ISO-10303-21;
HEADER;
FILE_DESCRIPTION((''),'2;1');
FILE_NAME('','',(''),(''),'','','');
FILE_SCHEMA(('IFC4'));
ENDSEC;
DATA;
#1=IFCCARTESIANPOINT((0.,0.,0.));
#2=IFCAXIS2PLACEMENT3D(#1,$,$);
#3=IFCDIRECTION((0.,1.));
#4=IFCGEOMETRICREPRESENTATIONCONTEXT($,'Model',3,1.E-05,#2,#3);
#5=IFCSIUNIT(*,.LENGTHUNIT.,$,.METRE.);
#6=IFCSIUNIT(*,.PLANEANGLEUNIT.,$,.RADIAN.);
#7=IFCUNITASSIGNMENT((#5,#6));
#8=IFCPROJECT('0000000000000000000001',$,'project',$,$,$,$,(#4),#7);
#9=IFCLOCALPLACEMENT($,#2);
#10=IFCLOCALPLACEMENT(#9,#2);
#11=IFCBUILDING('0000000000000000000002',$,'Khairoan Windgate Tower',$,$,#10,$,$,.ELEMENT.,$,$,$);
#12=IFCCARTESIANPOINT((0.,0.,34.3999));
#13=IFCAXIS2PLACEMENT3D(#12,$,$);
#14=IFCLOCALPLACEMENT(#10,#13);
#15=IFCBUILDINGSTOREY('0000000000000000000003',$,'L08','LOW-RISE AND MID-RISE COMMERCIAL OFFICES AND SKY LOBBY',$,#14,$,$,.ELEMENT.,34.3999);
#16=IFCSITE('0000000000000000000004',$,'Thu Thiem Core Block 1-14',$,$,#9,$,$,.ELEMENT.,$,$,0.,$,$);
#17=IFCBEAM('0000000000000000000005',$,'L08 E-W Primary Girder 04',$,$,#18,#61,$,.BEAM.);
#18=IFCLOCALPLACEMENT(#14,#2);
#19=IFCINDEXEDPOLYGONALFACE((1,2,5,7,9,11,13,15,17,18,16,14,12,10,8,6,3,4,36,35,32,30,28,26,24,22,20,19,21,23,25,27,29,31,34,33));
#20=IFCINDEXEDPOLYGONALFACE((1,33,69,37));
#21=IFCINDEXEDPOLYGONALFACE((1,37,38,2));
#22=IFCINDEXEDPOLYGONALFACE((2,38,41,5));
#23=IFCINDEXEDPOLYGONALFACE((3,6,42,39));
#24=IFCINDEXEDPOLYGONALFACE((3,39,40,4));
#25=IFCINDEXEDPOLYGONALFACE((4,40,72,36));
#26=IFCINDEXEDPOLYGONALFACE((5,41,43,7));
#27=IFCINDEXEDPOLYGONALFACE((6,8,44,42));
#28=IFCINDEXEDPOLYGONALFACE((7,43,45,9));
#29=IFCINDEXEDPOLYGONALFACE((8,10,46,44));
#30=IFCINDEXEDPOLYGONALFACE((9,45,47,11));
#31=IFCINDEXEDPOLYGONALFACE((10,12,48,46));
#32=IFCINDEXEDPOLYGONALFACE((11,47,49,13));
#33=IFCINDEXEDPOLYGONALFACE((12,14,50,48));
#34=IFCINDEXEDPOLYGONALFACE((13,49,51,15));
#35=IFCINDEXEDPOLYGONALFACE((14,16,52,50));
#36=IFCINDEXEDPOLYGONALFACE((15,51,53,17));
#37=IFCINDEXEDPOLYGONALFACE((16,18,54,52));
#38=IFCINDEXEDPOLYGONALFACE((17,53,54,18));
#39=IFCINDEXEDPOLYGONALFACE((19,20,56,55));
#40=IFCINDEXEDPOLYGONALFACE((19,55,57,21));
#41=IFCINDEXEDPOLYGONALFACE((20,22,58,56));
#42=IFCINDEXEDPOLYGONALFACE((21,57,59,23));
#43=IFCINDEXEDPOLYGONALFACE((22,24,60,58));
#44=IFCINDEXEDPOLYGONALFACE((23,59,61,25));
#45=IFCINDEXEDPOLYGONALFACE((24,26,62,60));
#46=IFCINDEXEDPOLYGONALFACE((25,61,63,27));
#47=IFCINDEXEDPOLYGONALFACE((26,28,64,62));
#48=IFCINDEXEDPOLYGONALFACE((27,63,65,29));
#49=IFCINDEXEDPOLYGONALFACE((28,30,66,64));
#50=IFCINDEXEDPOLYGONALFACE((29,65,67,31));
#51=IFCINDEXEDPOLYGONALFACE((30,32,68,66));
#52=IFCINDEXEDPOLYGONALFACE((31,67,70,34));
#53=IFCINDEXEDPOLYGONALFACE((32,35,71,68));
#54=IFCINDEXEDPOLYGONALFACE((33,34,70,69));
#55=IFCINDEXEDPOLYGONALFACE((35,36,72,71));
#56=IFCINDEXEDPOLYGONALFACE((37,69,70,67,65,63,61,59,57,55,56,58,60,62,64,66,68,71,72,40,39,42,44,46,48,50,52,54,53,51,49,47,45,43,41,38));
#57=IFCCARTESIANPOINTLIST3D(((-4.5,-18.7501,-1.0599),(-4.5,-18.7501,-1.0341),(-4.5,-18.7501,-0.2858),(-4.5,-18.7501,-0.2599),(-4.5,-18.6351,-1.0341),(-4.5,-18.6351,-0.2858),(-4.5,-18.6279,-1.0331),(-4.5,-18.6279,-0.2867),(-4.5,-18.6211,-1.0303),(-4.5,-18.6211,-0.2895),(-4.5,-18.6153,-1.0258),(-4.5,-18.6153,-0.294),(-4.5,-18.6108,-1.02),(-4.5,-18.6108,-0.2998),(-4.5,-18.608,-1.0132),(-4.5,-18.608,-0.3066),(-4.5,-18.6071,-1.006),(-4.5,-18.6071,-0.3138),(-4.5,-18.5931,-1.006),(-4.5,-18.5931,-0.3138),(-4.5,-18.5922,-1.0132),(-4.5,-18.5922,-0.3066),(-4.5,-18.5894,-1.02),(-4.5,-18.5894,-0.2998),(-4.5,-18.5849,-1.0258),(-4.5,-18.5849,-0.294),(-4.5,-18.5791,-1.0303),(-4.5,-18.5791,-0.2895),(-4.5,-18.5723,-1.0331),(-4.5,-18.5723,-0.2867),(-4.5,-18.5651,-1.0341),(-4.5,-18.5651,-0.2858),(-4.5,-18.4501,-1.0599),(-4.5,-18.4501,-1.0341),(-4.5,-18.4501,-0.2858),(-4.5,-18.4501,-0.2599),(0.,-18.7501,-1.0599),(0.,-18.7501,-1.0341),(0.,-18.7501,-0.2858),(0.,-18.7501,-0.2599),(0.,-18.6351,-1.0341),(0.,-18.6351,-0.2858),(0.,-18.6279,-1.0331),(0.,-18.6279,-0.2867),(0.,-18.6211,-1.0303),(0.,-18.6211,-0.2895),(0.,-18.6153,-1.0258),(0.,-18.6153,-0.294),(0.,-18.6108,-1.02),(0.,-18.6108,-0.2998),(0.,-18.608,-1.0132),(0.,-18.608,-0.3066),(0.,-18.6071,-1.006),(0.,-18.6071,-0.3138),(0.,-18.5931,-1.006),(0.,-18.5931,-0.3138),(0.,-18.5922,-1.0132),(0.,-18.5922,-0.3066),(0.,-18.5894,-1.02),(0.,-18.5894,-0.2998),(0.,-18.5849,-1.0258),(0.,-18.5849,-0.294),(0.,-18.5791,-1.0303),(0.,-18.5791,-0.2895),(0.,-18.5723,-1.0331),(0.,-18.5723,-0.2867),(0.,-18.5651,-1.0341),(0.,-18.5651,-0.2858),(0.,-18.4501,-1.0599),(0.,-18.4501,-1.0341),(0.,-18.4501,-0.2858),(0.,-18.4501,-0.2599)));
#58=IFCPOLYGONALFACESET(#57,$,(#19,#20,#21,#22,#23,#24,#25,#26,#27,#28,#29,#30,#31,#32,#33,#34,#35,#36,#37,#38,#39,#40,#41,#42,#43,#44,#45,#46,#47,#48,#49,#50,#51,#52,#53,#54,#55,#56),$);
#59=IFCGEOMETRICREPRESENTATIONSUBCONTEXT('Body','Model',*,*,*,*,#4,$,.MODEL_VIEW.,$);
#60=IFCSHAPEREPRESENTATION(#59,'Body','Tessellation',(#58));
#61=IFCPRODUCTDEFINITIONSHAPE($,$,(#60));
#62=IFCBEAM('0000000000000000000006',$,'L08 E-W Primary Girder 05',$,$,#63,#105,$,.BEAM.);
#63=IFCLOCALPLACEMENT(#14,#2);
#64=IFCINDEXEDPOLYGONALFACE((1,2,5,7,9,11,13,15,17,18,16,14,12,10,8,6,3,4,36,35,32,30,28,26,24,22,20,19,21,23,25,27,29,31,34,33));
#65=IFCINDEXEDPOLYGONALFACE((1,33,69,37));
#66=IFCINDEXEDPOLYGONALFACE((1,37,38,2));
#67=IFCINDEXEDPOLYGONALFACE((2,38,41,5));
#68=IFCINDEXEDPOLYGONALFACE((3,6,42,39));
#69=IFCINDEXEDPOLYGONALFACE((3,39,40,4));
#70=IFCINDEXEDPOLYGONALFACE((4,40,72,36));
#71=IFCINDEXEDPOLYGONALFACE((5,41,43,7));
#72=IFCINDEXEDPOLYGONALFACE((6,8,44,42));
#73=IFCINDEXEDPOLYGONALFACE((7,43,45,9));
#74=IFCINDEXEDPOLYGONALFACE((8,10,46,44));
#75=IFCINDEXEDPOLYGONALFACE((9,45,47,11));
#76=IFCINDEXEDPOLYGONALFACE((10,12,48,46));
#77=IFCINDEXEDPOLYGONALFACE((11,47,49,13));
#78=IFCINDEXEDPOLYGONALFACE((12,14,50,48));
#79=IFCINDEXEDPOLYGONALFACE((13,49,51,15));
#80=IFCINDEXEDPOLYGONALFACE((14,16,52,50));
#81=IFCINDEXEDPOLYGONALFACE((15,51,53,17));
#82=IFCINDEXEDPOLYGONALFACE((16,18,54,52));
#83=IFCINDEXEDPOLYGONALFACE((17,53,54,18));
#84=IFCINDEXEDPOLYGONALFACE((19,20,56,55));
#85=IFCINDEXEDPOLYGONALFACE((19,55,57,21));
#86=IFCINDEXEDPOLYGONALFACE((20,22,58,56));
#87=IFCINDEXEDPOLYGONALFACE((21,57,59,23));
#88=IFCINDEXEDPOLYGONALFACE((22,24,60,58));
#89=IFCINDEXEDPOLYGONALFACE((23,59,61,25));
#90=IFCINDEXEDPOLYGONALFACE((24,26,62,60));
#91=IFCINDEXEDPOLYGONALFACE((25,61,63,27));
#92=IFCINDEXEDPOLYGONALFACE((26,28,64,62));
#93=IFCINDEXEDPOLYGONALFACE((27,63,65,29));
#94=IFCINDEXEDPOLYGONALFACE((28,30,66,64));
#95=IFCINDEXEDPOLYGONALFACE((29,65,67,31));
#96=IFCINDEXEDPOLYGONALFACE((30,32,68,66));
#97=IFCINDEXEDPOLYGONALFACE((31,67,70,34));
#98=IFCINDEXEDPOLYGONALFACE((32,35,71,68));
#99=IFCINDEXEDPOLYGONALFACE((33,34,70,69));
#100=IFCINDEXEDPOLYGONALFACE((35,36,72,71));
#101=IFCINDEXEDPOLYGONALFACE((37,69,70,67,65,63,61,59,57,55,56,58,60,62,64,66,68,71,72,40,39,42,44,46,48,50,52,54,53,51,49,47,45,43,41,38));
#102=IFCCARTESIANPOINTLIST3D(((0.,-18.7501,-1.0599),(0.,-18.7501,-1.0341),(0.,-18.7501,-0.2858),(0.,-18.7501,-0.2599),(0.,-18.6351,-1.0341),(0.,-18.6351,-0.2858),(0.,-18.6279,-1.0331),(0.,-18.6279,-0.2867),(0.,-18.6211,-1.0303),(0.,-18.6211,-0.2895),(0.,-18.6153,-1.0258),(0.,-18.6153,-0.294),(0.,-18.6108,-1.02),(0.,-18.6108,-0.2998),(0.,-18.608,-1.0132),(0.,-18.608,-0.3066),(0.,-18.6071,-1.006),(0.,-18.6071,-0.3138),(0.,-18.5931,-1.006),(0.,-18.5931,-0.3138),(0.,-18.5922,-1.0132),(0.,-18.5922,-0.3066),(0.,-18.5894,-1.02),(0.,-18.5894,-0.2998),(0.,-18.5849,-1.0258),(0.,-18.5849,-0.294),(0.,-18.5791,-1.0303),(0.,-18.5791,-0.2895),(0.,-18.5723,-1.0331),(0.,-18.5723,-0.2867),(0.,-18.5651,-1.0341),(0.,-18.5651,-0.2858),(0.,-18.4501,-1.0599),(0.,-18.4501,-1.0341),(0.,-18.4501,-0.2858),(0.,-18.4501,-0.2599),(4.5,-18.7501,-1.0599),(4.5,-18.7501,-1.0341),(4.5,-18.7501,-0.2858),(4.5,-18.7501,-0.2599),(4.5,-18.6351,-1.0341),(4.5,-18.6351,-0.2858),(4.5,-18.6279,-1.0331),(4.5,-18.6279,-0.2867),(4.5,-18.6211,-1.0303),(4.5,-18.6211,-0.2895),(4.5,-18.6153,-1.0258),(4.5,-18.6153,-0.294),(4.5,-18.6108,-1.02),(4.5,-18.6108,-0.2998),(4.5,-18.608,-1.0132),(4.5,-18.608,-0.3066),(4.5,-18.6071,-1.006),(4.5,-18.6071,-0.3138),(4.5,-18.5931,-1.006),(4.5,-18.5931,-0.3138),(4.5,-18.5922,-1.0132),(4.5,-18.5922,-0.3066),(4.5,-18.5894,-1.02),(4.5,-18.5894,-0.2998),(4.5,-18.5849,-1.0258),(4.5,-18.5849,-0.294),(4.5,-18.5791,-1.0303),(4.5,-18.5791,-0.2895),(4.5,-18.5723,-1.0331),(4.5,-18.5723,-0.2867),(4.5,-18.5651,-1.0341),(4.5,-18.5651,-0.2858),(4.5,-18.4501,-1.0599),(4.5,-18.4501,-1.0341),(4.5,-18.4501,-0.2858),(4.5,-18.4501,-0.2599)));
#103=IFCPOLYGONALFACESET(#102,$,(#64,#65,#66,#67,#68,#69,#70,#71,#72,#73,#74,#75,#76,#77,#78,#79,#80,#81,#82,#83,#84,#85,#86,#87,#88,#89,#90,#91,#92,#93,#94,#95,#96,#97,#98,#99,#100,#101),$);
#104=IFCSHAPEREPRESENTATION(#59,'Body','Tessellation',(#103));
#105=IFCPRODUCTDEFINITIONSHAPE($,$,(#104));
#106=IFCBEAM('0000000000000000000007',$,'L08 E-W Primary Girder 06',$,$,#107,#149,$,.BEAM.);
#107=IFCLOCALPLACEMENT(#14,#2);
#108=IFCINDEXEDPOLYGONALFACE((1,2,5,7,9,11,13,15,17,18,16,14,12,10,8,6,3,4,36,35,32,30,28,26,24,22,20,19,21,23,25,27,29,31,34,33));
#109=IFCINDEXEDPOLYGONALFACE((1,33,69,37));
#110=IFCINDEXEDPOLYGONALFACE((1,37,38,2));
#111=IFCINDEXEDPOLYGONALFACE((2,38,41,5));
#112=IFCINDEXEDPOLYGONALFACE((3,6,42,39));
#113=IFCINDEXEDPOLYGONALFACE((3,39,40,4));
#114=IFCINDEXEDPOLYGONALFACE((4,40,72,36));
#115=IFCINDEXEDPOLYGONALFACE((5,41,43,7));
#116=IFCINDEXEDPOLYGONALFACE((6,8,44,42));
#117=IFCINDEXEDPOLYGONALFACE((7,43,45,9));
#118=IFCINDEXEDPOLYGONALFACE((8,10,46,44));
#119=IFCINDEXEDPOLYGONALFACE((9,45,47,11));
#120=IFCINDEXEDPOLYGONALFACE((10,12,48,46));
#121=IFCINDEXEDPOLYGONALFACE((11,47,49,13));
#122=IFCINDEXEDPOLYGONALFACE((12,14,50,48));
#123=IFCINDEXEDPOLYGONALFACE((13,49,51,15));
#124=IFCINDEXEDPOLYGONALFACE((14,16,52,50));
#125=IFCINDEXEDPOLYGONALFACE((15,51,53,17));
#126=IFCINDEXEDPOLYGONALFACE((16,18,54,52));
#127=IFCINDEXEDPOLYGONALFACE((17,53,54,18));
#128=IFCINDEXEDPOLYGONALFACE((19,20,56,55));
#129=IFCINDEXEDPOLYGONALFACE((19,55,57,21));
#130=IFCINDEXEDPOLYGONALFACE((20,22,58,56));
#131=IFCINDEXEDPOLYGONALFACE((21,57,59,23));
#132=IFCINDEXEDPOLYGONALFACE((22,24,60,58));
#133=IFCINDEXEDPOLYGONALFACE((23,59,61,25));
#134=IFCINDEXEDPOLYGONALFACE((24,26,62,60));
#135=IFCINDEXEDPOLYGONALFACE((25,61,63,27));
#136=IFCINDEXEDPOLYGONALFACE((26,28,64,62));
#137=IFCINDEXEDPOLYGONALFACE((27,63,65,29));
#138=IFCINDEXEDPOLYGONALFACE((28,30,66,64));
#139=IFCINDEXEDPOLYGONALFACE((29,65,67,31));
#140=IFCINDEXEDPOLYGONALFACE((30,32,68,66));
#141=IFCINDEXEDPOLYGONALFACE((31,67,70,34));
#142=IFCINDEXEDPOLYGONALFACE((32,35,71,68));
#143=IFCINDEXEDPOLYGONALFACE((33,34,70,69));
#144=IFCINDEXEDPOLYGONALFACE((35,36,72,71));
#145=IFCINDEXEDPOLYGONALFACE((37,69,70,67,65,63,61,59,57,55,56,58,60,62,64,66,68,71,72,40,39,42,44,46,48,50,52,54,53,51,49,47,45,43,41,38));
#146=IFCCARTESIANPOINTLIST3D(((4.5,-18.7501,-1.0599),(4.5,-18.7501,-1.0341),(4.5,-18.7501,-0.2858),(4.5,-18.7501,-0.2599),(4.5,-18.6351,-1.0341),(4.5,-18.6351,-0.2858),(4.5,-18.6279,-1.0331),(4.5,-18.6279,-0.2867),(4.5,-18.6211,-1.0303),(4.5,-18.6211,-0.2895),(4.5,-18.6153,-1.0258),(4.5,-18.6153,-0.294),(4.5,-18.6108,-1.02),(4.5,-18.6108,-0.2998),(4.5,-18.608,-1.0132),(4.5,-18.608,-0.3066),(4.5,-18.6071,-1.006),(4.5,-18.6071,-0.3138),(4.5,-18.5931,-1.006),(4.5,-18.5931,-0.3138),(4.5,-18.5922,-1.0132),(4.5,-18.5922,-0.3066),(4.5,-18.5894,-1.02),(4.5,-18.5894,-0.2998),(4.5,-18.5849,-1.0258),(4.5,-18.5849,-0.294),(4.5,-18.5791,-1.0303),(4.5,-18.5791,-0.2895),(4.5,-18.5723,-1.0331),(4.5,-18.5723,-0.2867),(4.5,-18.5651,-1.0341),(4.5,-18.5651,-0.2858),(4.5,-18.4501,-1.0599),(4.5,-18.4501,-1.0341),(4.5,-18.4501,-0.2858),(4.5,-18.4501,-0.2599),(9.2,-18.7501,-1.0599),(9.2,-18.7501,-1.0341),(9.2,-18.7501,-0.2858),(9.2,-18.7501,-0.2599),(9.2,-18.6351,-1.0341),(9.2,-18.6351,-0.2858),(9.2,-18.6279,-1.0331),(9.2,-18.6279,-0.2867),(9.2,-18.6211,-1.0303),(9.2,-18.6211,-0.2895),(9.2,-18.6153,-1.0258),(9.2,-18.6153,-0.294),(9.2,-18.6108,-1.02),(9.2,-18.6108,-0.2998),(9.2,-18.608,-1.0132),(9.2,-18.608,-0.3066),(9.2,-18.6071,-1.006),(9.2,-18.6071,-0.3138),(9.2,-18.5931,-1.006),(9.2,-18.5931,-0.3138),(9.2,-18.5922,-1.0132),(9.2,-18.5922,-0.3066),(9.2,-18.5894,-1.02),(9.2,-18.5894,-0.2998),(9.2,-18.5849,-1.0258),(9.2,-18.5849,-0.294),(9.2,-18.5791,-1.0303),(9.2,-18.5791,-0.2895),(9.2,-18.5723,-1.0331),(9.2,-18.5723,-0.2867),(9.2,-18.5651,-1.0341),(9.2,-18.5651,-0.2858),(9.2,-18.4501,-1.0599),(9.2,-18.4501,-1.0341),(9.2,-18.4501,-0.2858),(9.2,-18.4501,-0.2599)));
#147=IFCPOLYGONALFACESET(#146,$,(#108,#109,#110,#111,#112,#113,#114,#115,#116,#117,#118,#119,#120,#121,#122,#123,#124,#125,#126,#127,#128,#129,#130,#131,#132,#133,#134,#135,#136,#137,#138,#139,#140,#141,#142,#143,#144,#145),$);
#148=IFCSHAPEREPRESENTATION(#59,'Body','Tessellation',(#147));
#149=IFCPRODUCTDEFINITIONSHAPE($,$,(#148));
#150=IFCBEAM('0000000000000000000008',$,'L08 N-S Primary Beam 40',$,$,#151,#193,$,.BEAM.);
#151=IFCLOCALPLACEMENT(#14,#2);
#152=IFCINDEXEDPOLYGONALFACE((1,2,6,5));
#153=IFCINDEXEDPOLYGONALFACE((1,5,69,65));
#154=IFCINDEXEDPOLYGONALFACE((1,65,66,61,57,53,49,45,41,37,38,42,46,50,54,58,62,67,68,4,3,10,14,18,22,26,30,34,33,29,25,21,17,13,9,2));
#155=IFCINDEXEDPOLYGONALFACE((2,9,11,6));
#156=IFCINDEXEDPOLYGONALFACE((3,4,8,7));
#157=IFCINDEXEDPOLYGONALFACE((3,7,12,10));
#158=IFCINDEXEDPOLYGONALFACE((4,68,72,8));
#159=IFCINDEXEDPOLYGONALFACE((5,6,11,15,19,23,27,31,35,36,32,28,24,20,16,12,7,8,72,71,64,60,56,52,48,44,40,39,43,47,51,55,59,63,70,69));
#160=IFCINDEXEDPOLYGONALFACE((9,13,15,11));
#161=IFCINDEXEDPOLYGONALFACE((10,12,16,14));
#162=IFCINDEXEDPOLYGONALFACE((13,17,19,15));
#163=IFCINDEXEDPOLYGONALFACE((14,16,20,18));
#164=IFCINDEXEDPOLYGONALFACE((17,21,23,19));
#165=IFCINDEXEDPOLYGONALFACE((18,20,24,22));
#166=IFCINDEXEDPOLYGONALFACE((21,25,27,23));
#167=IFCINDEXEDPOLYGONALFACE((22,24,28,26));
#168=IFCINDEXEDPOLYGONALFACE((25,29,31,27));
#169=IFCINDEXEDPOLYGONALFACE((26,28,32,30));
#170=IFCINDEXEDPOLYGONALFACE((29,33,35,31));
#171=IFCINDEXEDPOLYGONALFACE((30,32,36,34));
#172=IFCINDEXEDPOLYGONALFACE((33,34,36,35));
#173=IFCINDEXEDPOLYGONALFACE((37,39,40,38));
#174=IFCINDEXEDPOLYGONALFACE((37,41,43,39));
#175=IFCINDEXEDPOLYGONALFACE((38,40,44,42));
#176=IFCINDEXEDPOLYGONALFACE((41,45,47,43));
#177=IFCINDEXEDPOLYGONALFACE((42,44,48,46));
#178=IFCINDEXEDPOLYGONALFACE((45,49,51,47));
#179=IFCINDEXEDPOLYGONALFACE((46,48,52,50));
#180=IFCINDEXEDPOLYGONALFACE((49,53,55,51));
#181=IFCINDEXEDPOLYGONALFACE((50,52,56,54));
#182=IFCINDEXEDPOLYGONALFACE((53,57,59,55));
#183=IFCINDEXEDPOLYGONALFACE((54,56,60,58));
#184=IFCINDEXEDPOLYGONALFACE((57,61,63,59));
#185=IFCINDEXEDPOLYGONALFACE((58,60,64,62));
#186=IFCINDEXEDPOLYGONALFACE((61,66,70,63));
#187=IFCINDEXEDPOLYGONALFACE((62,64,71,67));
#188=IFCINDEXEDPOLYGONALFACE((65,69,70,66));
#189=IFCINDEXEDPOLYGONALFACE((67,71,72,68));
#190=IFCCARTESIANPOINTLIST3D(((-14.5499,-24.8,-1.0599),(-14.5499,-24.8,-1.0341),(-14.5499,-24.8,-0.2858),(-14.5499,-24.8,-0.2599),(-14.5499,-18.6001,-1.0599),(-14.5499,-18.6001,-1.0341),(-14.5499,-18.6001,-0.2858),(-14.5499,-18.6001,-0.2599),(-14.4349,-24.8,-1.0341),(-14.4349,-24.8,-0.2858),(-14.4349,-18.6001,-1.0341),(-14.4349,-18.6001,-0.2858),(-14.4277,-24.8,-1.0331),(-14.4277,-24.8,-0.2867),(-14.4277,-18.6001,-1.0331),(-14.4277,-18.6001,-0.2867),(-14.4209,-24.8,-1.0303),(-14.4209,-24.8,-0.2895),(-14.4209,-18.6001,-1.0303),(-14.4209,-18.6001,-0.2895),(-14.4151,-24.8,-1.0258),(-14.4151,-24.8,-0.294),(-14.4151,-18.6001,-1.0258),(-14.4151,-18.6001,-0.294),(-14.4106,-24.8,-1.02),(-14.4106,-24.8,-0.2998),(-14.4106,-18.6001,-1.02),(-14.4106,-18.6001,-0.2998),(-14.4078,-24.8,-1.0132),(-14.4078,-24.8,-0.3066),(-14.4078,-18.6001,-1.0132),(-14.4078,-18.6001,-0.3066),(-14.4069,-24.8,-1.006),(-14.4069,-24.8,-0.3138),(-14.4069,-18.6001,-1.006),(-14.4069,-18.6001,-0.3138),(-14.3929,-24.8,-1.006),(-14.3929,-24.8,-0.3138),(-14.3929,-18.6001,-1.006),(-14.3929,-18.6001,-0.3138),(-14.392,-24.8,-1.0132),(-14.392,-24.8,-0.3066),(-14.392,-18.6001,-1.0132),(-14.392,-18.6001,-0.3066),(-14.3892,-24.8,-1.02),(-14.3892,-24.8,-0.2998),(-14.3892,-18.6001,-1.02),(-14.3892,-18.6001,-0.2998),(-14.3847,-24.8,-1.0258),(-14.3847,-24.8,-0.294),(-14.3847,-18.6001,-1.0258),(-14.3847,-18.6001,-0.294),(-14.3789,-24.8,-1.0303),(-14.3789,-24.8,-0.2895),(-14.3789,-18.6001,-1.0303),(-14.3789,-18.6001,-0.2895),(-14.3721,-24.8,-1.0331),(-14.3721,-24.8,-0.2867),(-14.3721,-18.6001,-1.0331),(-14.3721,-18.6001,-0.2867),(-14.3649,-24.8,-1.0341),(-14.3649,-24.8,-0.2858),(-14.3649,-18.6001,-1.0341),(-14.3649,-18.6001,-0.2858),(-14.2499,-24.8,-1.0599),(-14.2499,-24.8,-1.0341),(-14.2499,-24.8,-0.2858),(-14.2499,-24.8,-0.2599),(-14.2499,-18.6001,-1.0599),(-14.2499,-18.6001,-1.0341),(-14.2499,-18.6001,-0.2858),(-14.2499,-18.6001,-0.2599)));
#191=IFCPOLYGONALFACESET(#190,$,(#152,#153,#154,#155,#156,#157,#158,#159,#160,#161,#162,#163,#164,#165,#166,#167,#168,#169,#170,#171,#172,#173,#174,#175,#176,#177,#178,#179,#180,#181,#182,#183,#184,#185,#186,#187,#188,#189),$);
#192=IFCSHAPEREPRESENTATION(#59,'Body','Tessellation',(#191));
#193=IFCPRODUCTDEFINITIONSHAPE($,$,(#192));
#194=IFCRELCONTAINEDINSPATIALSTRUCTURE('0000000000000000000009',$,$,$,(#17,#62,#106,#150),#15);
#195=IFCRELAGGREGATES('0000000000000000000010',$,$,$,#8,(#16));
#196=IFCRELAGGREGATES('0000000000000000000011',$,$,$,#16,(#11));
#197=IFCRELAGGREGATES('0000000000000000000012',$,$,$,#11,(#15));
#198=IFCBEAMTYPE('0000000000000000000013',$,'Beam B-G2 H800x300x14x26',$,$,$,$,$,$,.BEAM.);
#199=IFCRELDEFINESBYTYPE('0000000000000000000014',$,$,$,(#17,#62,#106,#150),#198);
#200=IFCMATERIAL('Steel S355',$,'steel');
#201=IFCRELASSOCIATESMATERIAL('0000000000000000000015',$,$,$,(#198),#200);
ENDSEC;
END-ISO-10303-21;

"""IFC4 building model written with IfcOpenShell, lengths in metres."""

from ifc_helpers import new_model, si_unit, direction, frame, origin, origin_2d, place, context, subcontext, project, spatial, i_section, extrude, material, material_profile, profile_set, type_object, element, save


model = new_model("IFC4")

# Units and contexts
model_context = context("Model", 3, precision=1e-05, world=origin(), true_north=direction((0.0, 1.0)))
body_context = subcontext(model_context, "Body", "Model", "MODEL_VIEW")
ifc_project = project(units=[si_unit("LENGTHUNIT", "METRE"), si_unit("PLANEANGLEUNIT", "RADIAN")], contexts=[model_context])

# Site, building, storey
site_placement = place(None, origin())
site = spatial("IfcSite", under=ifc_project, at=site_placement, Name="Thu Thiem Core Block 1-14", CompositionType="ELEMENT", RefElevation=0.0)
building_placement = place(site_placement, origin())
building = spatial("IfcBuilding", under=site, at=building_placement, Name="Khairoan Windgate Tower", CompositionType="ELEMENT")
storey_placement = place(building_placement, frame((0.0, 0.0, 34.3999)))
storey = spatial("IfcBuildingStorey", under=building, at=storey_placement, Name="L08", Description="LOW-RISE AND MID-RISE COMMERCIAL OFFICES AND SKY LOBBY", CompositionType="ELEMENT", Elevation=34.3999)

# Beams
ifc_material_1 = material(Name="Steel S355", Category="steel")
ifc_material_profile_1 = material_profile(ifc_material_1, i_section(OverallWidth=0.3, OverallDepth=0.8, WebThickness=0.0139, FlangeThickness=0.0259, FilletRadius=0.0281, at=origin_2d()))
ifc_profile_set_1 = profile_set([ifc_material_profile_1], Name="Steel S355")
beam_type = type_object("IfcBeamType", Name="Beam B-G2 H800x300x14x26", PredefinedType="BEAM", material=ifc_profile_set_1)
for number, where, z_axis, x_axis, name in (
    (1, (-4.5, -18.6001, -0.6599), (1.0, 0.0, 0.0), (0.0, 1.0, 0.0), "L08 E-W Primary Girder 04"),
    (2, (0.0, -18.6001, -0.6599), (1.0, 0.0, 0.0), (0.0, 1.0, 0.0), "L08 E-W Primary Girder 05"),
):
    element("IfcBeam", number, at=place(storey_placement, frame(where, z_axis=z_axis, x_axis=x_axis)), inside=storey, type_object=beam_type, Name=name, PredefinedType="BEAM", context=body_context, shape_type="SweptSolid", body=[
        extrude(i_section(OverallWidth=0.3, OverallDepth=0.8, WebThickness=0.0139, FlangeThickness=0.0259, FilletRadius=0.0281, at=origin_2d()), origin(), (0.0, 0.0, 1.0), 4.5),
    ])
beam_1_placement = place(storey_placement, frame((4.5, -18.6001, -0.6599), z_axis=(1.0, 0.0, 0.0), x_axis=(0.0, 1.0, 0.0)))
element("IfcBeam", 3, at=beam_1_placement, inside=storey, type_object=beam_type, Name="L08 E-W Primary Girder 06", PredefinedType="BEAM", context=body_context, shape_type="SweptSolid", body=[
    extrude(i_section(OverallWidth=0.3, OverallDepth=0.8, WebThickness=0.0139, FlangeThickness=0.0259, FilletRadius=0.0281, at=origin_2d()), origin(), (0.0, 0.0, 1.0), 4.7),
])
beam_2_placement = place(storey_placement, frame((-14.3999, -24.8, -0.6599), z_axis=(0.0, 1.0, 0.0), x_axis=(-1.0, 0.0, 0.0)))
element("IfcBeam", 4, at=beam_2_placement, inside=storey, type_object=beam_type, Name="L08 N-S Primary Beam 40", PredefinedType="BEAM", context=body_context, shape_type="SweptSolid", body=[
    extrude(i_section(OverallWidth=0.3, OverallDepth=0.8, WebThickness=0.0139, FlangeThickness=0.0259, FilletRadius=0.0281, at=origin_2d()), origin(), (0.0, 0.0, 1.0), 6.2),
])

save(model, "model.ifc")
